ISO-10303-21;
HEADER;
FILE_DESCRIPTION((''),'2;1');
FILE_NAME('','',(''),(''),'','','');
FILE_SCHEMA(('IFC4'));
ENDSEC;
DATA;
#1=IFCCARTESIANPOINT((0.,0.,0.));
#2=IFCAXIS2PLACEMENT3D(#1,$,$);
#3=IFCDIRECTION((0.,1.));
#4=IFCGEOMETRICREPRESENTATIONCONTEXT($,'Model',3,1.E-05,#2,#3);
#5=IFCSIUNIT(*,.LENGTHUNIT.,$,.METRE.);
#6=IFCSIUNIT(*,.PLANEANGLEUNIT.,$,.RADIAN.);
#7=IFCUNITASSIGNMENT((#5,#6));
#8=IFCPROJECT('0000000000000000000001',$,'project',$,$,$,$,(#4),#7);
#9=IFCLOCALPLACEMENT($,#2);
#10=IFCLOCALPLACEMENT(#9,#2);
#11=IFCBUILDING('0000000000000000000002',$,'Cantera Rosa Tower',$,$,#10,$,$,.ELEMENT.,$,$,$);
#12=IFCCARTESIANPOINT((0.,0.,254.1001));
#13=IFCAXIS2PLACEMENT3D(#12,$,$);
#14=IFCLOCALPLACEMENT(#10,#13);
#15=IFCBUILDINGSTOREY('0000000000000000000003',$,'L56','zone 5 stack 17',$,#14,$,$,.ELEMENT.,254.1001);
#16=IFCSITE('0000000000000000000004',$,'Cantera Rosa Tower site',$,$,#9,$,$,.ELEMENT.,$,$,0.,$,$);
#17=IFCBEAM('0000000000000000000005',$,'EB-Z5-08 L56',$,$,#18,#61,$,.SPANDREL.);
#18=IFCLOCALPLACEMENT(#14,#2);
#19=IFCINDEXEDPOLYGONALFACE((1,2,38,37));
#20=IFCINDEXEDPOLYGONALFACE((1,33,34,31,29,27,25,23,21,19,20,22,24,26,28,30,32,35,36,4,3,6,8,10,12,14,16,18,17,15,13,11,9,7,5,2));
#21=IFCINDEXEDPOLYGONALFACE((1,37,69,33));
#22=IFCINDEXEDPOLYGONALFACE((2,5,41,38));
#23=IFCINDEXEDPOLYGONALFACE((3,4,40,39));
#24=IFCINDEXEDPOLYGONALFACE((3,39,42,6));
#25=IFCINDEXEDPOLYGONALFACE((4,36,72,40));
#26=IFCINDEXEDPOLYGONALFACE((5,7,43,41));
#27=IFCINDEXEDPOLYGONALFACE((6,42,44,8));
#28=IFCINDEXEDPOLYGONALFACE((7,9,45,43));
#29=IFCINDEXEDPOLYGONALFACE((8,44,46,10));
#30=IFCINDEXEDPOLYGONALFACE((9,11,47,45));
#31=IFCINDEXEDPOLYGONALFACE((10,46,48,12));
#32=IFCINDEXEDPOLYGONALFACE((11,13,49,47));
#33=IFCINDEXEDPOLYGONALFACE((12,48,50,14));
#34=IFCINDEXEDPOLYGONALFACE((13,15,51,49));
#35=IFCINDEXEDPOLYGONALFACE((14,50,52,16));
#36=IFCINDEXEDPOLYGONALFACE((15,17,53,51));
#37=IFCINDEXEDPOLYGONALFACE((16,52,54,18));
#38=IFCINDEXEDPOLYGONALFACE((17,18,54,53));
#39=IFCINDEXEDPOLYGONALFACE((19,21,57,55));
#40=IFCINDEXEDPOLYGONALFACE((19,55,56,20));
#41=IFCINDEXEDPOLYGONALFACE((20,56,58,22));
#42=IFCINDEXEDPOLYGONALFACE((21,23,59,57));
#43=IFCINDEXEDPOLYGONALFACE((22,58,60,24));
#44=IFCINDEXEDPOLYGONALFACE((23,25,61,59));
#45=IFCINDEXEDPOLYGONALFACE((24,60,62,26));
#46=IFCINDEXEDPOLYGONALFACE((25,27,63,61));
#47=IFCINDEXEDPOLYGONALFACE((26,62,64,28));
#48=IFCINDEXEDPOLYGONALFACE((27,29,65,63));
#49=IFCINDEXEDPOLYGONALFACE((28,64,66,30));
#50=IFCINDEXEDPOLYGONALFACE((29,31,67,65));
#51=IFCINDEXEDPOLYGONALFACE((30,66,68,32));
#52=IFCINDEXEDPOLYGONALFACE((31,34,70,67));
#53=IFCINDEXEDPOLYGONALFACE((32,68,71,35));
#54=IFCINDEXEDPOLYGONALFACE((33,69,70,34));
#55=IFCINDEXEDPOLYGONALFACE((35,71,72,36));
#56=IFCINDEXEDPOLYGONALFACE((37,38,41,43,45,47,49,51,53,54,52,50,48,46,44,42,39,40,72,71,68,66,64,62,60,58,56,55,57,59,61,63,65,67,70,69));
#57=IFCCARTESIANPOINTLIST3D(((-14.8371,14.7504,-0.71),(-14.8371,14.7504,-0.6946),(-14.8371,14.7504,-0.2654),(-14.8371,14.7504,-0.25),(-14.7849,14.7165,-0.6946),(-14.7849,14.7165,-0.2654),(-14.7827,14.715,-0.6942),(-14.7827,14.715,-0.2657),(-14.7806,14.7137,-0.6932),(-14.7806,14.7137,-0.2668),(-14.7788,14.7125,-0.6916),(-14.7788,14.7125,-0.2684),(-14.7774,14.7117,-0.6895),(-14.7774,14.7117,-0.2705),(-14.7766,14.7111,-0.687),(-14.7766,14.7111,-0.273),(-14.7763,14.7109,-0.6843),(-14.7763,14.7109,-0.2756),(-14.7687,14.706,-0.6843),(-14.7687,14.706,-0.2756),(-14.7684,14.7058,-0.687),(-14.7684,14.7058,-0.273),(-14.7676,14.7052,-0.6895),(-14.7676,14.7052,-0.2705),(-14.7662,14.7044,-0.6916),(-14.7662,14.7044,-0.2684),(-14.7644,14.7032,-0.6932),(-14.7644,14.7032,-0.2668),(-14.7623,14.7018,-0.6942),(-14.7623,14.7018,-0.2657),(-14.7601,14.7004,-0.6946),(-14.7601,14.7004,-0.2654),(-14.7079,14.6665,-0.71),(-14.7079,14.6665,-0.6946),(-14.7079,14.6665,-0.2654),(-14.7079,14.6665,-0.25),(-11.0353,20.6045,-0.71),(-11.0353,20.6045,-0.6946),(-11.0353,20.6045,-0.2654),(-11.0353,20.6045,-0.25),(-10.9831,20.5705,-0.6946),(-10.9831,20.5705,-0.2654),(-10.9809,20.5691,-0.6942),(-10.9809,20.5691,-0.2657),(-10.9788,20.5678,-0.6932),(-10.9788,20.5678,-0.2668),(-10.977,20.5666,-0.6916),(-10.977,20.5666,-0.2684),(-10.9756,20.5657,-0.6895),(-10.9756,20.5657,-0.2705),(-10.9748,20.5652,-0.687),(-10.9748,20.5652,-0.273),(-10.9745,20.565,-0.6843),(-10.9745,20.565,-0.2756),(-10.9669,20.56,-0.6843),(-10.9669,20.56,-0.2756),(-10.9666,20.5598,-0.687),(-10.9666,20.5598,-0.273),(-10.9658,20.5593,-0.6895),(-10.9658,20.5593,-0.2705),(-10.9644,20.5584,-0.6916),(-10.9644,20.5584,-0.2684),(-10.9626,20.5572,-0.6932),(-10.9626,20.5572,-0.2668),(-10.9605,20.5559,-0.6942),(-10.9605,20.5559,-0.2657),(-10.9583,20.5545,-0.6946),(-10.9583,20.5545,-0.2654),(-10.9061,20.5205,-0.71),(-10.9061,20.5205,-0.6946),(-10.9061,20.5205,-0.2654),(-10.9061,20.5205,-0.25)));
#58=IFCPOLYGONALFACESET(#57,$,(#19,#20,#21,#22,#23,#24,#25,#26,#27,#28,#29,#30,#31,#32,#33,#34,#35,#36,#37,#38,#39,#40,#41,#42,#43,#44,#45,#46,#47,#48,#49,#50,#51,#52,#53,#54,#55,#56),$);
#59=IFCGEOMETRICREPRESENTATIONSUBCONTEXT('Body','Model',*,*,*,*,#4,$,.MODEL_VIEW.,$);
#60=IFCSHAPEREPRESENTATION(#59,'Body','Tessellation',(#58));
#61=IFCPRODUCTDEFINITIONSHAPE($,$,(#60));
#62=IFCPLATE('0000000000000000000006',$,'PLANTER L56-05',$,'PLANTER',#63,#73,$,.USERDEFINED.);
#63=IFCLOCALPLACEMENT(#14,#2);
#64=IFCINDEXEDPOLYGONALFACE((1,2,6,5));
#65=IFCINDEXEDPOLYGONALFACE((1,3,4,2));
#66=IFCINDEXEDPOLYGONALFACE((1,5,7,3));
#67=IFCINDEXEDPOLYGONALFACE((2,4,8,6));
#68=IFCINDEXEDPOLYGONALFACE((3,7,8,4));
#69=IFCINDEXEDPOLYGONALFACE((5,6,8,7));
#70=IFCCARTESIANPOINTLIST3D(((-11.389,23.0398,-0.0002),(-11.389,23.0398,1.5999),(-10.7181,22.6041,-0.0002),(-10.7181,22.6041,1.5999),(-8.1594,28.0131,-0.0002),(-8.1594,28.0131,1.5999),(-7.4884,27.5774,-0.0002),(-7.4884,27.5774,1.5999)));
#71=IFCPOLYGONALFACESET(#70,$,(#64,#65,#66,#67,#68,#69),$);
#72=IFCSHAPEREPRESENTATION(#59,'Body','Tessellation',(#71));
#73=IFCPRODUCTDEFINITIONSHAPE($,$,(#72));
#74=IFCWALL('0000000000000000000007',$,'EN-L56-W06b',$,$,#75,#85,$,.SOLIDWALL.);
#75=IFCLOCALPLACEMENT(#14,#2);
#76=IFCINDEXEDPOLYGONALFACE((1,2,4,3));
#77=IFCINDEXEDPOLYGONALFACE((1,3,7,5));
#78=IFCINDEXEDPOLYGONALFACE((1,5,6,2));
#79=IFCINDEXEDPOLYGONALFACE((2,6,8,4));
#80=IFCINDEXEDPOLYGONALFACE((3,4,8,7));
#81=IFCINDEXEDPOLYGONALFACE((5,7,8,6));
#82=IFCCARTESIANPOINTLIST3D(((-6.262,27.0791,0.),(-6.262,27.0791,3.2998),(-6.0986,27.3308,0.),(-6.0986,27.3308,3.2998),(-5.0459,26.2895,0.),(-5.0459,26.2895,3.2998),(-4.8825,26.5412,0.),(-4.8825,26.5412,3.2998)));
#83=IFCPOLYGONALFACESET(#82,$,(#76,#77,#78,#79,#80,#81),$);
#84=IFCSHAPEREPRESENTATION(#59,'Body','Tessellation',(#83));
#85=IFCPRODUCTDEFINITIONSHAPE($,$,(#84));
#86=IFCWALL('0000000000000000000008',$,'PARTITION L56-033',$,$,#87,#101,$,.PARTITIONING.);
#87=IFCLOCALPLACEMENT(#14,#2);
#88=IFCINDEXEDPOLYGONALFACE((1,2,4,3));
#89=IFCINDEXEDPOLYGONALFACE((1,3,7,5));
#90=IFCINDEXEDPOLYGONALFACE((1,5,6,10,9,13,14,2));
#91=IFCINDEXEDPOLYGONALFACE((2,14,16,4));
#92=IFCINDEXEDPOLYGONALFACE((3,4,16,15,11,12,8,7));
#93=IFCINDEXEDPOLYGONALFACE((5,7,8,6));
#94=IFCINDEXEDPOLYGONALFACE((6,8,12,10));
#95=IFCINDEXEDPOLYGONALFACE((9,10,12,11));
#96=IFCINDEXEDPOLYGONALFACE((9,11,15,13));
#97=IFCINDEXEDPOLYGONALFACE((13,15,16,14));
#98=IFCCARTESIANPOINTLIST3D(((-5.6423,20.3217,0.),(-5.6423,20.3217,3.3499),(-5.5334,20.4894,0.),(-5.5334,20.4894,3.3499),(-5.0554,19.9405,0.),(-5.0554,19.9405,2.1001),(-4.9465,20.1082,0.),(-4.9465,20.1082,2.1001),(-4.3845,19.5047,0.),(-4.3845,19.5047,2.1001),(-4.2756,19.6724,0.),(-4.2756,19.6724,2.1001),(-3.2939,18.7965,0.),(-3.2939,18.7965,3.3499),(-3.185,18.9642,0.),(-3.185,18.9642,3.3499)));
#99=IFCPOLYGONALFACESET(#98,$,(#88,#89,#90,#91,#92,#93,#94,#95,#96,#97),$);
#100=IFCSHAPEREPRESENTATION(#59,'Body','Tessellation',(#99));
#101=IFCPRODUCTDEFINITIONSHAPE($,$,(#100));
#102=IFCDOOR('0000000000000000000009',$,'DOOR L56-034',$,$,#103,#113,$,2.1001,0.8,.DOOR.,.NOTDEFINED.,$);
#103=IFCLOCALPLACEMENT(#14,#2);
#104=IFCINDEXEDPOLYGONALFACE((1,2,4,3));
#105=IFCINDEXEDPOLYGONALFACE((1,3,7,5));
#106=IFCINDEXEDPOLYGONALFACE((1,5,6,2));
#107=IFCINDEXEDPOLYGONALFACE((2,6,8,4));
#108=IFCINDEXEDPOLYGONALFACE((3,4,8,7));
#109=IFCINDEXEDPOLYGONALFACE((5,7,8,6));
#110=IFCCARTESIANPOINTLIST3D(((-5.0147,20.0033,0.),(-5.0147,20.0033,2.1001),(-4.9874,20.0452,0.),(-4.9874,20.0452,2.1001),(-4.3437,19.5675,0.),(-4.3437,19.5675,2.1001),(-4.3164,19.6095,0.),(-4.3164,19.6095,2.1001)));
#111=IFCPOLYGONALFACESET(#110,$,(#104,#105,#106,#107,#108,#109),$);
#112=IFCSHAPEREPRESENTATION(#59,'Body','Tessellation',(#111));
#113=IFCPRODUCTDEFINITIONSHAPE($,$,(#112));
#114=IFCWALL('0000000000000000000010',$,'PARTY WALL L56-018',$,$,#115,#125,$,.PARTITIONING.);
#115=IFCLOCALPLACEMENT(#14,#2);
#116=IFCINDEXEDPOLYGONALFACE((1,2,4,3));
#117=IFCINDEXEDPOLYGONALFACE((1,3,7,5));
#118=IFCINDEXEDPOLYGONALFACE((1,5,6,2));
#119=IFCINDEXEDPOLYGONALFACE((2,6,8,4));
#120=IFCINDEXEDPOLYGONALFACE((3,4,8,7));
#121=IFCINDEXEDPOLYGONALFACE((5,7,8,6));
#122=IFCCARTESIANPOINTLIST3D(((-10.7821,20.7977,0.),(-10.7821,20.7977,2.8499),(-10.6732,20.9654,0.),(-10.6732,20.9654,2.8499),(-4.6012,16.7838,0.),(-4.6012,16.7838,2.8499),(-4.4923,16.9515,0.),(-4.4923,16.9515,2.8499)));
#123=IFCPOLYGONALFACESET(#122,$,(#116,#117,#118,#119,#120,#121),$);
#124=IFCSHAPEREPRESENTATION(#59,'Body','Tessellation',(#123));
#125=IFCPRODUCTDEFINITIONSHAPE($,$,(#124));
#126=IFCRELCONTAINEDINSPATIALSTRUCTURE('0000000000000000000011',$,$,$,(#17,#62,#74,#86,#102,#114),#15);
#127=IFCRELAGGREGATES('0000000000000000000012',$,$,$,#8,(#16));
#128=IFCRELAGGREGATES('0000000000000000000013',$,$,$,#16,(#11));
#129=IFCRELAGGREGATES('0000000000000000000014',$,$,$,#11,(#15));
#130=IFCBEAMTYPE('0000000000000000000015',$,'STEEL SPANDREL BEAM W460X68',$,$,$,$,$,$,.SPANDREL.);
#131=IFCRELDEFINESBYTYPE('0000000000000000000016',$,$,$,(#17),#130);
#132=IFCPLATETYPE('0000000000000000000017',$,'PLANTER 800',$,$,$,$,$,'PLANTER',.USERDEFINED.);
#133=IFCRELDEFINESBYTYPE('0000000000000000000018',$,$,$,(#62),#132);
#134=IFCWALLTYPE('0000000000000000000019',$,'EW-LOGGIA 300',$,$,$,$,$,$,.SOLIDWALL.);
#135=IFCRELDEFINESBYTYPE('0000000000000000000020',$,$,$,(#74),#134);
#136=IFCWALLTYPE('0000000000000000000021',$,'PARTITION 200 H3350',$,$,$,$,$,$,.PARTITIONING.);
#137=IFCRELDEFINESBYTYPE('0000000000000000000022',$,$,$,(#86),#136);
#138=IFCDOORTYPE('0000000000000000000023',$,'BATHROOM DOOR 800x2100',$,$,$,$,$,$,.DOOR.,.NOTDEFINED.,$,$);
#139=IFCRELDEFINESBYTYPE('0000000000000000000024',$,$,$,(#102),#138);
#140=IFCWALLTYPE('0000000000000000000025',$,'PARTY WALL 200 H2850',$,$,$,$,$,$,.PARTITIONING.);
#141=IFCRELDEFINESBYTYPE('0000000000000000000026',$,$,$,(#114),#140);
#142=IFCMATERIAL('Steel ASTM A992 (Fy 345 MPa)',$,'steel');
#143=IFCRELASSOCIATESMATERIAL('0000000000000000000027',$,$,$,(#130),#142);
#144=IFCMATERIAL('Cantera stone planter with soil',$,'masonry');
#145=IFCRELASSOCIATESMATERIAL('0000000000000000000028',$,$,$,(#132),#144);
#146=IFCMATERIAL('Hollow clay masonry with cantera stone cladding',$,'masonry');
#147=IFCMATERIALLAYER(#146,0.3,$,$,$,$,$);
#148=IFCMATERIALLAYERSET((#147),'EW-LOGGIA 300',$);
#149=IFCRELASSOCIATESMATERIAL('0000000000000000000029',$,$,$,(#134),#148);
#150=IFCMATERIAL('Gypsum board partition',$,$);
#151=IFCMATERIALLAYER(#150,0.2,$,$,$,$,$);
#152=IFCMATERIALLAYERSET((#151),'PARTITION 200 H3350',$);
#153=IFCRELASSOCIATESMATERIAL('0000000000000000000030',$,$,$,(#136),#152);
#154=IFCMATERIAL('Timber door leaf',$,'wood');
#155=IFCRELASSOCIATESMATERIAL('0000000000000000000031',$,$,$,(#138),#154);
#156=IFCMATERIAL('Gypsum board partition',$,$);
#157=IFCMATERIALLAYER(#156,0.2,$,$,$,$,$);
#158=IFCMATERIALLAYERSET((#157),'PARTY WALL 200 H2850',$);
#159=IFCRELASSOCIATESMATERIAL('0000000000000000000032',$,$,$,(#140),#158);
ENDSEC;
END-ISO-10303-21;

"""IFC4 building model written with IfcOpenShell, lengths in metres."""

from ifc_helpers import new_model, si_unit, direction, frame, frame_2d, origin, origin_2d, place, context, subcontext, project, spatial, rectangle, i_section, extrude, material, layer, layer_set, material_profile, profile_set, type_object, element, fill, save


model = new_model("IFC4")

# Units and contexts
model_context = context("Model", 3, precision=1e-05, world=origin(), true_north=direction((0.0, 1.0)))
body_context = subcontext(model_context, "Body", "Model", "MODEL_VIEW")
ifc_project = project(units=[si_unit("LENGTHUNIT", "METRE"), si_unit("PLANEANGLEUNIT", "RADIAN")], contexts=[model_context])

# Site, building, storey
site_placement = place(None, origin())
site = spatial("IfcSite", under=ifc_project, at=site_placement, Name="Cantera Rosa Tower site", CompositionType="ELEMENT", RefElevation=0.0)
building_placement = place(site_placement, origin())
building = spatial("IfcBuilding", under=site, at=building_placement, Name="Cantera Rosa Tower", CompositionType="ELEMENT")
storey_placement = place(building_placement, frame((0.0, 0.0, 254.1001)))
storey = spatial("IfcBuildingStorey", under=building, at=storey_placement, Name="L56", Description="zone 5 stack 17", CompositionType="ELEMENT", Elevation=254.1001)

# Beam
ifc_material_1 = material(Name="Steel ASTM A992 (Fy 345 MPa)", Category="steel")
ifc_material_profile_1 = material_profile(ifc_material_1, i_section(OverallWidth=0.1541, OverallDepth=0.46, WebThickness=0.009, FlangeThickness=0.0154, FilletRadius=0.0103, at=origin_2d()), Name="W460X68")
ifc_profile_set_1 = profile_set([ifc_material_profile_1], Name="Steel ASTM A992 (Fy 345 MPa)")
beam_type_1 = type_object("IfcBeamType", Name="STEEL SPANDREL BEAM W460X68", PredefinedType="SPANDREL", material=ifc_profile_set_1)
for number, where, z_axis, x_axis, name in (
    (1, (-10.9707, 20.5625, -0.48), (-0.544651, -0.838663, 0.0), (0.838663, -0.544651, 0.0), "EB-Z5-08 L56"),
):
    element("IfcBeam", number, at=place(storey_placement, frame(where, z_axis=z_axis, x_axis=x_axis)), inside=storey, type_object=beam_type_1, Name=name, PredefinedType="SPANDREL", context=body_context, shape_type="SweptSolid", body=[
        extrude(i_section(OverallWidth=0.1541, OverallDepth=0.46, WebThickness=0.009, FlangeThickness=0.0154, FilletRadius=0.0103, at=origin_2d()), origin(), (0.0, 0.0, 1.0), 6.9802),
    ])

# Plate
ifc_material_2 = material(Name="Cantera stone planter with soil", Category="masonry")
plate_type = type_object("IfcPlateType", Name="PLANTER 800", ElementType="PLANTER", PredefinedType="USERDEFINED", material=ifc_material_2)
plate_placement = place(storey_placement, frame((-9.4387, 25.3086, -0.0002), z_axis=(0.0, 0.0, 1.0), x_axis=(-0.544639, -0.838671, 0.0)))
element("IfcPlate", 2, at=plate_placement, inside=storey, type_object=plate_type, Name="PLANTER L56-05", ObjectType="PLANTER", PredefinedType="USERDEFINED", context=body_context, shape_type="SweptSolid", body=[
    extrude(rectangle(XDim=5.9299, YDim=0.8, at=origin_2d()), origin(), (0.0, 0.0, 1.0), 1.6001),
])

# Wall
ifc_material_3 = material(Name="Hollow clay masonry with cantera stone cladding", Category="masonry")
ifc_layer_1 = layer(ifc_material_3, 0.3)
ifc_layer_set_1 = layer_set([ifc_layer_1], Name="EW-LOGGIA 300")
wall_type_1 = type_object("IfcWallType", Name="EW-LOGGIA 300", PredefinedType="SOLIDWALL", material=ifc_layer_set_1)
wall_1_placement = place(storey_placement, frame((-4.9641, 26.4153, 0.0), z_axis=(0.0, 0.0, 1.0), x_axis=(-0.838724, 0.544556, 0.0)))
element("IfcWall", 3, at=wall_1_placement, inside=storey, type_object=wall_type_1, Name="EN-L56-W06b", PredefinedType="SOLIDWALL", context=body_context, shape_type="SweptSolid", body=[
    extrude(rectangle(XDim=1.45, YDim=0.3, at=frame_2d((0.7251, 0.0))), origin(), (0.0, 0.0, 1.0), 3.2998),
])

# Wall, opening, door
ifc_material_4 = material(Name="Gypsum board partition")
ifc_layer_2 = layer(ifc_material_4, 0.2)
ifc_layer_set_2 = layer_set([ifc_layer_2], Name="PARTITION 200 H3350")
wall_type_2 = type_object("IfcWallType", Name="PARTITION 200 H3350", PredefinedType="PARTITIONING", material=ifc_layer_set_2)
wall_2_placement = place(storey_placement, frame((-5.5879, 20.4055, 0.0), z_axis=(0.0, 0.0, 1.0), x_axis=(0.838657, -0.54466, 0.0)))
wall_2 = element("IfcWall", 4, at=wall_2_placement, inside=storey, type_object=wall_type_2, Name="PARTITION L56-033", PredefinedType="PARTITIONING", context=body_context, shape_type="SweptSolid", body=[
    extrude(rectangle(XDim=2.8003, YDim=0.2, at=frame_2d((1.4001, 0.0))), origin(), (0.0, 0.0, 1.0), 3.3499),
])
opening_1_placement = place(wall_2_placement, frame((0.7, 0.0, 0.0)))
opening_1 = element("IfcOpeningElement", 5, at=opening_1_placement, cuts=wall_2, PredefinedType="OPENING", context=body_context, shape_type="SweptSolid", body=[
    extrude(rectangle(XDim=0.8, YDim=2.1001, at=frame_2d((0.3999, 1.05))), frame((0.0, 0.1099, 0.0), z_axis=(0.0, -1.0, 0.0), x_axis=(1.0, 0.0, 0.0)), (0.0, 0.0, 1.0), 0.22),
])
ifc_material_5 = material(Name="Timber door leaf", Category="wood")
door_type_1 = type_object("IfcDoorType", Name="BATHROOM DOOR 800x2100", OperationType="NOTDEFINED", PredefinedType="DOOR", material=ifc_material_5)
door_1_placement = place(opening_1_placement, origin())
door_1 = element("IfcDoor", 6, at=door_1_placement, inside=storey, type_object=door_type_1, Name="DOOR L56-034", OperationType="NOTDEFINED", OverallHeight=2.1001, OverallWidth=0.8, PredefinedType="DOOR", context=body_context, shape_type="SweptSolid", body=[
    extrude(rectangle(XDim=0.8, YDim=2.1001, at=frame_2d((0.3999, 1.05))), frame((0.0, 0.0249, 0.0), z_axis=(0.0, -1.0, 0.0), x_axis=(1.0, 0.0, 0.0)), (0.0, 0.0, 1.0), 0.05),
])
fill(opening_1, door_1)

# Wall
ifc_material_6 = material(Name="Gypsum board partition")
ifc_layer_3 = layer(ifc_material_6, 0.2)
ifc_layer_set_3 = layer_set([ifc_layer_3], Name="PARTY WALL 200 H2850")
wall_type_3 = type_object("IfcWallType", Name="PARTY WALL 200 H2850", PredefinedType="PARTITIONING", material=ifc_layer_set_3)
wall_3_placement = place(storey_placement, frame((-10.7278, 20.8816, 0.0), z_axis=(0.0, 0.0, 1.0), x_axis=(0.838671, -0.544638, 0.0)))
element("IfcWall", 7, at=wall_3_placement, inside=storey, type_object=wall_type_3, Name="PARTY WALL L56-018", PredefinedType="PARTITIONING", context=body_context, shape_type="SweptSolid", body=[
    extrude(rectangle(XDim=7.3699, YDim=0.2, at=frame_2d((3.6851, 0.0))), origin(), (0.0, 0.0, 1.0), 2.8499),
])

save(model, "model.ifc")
